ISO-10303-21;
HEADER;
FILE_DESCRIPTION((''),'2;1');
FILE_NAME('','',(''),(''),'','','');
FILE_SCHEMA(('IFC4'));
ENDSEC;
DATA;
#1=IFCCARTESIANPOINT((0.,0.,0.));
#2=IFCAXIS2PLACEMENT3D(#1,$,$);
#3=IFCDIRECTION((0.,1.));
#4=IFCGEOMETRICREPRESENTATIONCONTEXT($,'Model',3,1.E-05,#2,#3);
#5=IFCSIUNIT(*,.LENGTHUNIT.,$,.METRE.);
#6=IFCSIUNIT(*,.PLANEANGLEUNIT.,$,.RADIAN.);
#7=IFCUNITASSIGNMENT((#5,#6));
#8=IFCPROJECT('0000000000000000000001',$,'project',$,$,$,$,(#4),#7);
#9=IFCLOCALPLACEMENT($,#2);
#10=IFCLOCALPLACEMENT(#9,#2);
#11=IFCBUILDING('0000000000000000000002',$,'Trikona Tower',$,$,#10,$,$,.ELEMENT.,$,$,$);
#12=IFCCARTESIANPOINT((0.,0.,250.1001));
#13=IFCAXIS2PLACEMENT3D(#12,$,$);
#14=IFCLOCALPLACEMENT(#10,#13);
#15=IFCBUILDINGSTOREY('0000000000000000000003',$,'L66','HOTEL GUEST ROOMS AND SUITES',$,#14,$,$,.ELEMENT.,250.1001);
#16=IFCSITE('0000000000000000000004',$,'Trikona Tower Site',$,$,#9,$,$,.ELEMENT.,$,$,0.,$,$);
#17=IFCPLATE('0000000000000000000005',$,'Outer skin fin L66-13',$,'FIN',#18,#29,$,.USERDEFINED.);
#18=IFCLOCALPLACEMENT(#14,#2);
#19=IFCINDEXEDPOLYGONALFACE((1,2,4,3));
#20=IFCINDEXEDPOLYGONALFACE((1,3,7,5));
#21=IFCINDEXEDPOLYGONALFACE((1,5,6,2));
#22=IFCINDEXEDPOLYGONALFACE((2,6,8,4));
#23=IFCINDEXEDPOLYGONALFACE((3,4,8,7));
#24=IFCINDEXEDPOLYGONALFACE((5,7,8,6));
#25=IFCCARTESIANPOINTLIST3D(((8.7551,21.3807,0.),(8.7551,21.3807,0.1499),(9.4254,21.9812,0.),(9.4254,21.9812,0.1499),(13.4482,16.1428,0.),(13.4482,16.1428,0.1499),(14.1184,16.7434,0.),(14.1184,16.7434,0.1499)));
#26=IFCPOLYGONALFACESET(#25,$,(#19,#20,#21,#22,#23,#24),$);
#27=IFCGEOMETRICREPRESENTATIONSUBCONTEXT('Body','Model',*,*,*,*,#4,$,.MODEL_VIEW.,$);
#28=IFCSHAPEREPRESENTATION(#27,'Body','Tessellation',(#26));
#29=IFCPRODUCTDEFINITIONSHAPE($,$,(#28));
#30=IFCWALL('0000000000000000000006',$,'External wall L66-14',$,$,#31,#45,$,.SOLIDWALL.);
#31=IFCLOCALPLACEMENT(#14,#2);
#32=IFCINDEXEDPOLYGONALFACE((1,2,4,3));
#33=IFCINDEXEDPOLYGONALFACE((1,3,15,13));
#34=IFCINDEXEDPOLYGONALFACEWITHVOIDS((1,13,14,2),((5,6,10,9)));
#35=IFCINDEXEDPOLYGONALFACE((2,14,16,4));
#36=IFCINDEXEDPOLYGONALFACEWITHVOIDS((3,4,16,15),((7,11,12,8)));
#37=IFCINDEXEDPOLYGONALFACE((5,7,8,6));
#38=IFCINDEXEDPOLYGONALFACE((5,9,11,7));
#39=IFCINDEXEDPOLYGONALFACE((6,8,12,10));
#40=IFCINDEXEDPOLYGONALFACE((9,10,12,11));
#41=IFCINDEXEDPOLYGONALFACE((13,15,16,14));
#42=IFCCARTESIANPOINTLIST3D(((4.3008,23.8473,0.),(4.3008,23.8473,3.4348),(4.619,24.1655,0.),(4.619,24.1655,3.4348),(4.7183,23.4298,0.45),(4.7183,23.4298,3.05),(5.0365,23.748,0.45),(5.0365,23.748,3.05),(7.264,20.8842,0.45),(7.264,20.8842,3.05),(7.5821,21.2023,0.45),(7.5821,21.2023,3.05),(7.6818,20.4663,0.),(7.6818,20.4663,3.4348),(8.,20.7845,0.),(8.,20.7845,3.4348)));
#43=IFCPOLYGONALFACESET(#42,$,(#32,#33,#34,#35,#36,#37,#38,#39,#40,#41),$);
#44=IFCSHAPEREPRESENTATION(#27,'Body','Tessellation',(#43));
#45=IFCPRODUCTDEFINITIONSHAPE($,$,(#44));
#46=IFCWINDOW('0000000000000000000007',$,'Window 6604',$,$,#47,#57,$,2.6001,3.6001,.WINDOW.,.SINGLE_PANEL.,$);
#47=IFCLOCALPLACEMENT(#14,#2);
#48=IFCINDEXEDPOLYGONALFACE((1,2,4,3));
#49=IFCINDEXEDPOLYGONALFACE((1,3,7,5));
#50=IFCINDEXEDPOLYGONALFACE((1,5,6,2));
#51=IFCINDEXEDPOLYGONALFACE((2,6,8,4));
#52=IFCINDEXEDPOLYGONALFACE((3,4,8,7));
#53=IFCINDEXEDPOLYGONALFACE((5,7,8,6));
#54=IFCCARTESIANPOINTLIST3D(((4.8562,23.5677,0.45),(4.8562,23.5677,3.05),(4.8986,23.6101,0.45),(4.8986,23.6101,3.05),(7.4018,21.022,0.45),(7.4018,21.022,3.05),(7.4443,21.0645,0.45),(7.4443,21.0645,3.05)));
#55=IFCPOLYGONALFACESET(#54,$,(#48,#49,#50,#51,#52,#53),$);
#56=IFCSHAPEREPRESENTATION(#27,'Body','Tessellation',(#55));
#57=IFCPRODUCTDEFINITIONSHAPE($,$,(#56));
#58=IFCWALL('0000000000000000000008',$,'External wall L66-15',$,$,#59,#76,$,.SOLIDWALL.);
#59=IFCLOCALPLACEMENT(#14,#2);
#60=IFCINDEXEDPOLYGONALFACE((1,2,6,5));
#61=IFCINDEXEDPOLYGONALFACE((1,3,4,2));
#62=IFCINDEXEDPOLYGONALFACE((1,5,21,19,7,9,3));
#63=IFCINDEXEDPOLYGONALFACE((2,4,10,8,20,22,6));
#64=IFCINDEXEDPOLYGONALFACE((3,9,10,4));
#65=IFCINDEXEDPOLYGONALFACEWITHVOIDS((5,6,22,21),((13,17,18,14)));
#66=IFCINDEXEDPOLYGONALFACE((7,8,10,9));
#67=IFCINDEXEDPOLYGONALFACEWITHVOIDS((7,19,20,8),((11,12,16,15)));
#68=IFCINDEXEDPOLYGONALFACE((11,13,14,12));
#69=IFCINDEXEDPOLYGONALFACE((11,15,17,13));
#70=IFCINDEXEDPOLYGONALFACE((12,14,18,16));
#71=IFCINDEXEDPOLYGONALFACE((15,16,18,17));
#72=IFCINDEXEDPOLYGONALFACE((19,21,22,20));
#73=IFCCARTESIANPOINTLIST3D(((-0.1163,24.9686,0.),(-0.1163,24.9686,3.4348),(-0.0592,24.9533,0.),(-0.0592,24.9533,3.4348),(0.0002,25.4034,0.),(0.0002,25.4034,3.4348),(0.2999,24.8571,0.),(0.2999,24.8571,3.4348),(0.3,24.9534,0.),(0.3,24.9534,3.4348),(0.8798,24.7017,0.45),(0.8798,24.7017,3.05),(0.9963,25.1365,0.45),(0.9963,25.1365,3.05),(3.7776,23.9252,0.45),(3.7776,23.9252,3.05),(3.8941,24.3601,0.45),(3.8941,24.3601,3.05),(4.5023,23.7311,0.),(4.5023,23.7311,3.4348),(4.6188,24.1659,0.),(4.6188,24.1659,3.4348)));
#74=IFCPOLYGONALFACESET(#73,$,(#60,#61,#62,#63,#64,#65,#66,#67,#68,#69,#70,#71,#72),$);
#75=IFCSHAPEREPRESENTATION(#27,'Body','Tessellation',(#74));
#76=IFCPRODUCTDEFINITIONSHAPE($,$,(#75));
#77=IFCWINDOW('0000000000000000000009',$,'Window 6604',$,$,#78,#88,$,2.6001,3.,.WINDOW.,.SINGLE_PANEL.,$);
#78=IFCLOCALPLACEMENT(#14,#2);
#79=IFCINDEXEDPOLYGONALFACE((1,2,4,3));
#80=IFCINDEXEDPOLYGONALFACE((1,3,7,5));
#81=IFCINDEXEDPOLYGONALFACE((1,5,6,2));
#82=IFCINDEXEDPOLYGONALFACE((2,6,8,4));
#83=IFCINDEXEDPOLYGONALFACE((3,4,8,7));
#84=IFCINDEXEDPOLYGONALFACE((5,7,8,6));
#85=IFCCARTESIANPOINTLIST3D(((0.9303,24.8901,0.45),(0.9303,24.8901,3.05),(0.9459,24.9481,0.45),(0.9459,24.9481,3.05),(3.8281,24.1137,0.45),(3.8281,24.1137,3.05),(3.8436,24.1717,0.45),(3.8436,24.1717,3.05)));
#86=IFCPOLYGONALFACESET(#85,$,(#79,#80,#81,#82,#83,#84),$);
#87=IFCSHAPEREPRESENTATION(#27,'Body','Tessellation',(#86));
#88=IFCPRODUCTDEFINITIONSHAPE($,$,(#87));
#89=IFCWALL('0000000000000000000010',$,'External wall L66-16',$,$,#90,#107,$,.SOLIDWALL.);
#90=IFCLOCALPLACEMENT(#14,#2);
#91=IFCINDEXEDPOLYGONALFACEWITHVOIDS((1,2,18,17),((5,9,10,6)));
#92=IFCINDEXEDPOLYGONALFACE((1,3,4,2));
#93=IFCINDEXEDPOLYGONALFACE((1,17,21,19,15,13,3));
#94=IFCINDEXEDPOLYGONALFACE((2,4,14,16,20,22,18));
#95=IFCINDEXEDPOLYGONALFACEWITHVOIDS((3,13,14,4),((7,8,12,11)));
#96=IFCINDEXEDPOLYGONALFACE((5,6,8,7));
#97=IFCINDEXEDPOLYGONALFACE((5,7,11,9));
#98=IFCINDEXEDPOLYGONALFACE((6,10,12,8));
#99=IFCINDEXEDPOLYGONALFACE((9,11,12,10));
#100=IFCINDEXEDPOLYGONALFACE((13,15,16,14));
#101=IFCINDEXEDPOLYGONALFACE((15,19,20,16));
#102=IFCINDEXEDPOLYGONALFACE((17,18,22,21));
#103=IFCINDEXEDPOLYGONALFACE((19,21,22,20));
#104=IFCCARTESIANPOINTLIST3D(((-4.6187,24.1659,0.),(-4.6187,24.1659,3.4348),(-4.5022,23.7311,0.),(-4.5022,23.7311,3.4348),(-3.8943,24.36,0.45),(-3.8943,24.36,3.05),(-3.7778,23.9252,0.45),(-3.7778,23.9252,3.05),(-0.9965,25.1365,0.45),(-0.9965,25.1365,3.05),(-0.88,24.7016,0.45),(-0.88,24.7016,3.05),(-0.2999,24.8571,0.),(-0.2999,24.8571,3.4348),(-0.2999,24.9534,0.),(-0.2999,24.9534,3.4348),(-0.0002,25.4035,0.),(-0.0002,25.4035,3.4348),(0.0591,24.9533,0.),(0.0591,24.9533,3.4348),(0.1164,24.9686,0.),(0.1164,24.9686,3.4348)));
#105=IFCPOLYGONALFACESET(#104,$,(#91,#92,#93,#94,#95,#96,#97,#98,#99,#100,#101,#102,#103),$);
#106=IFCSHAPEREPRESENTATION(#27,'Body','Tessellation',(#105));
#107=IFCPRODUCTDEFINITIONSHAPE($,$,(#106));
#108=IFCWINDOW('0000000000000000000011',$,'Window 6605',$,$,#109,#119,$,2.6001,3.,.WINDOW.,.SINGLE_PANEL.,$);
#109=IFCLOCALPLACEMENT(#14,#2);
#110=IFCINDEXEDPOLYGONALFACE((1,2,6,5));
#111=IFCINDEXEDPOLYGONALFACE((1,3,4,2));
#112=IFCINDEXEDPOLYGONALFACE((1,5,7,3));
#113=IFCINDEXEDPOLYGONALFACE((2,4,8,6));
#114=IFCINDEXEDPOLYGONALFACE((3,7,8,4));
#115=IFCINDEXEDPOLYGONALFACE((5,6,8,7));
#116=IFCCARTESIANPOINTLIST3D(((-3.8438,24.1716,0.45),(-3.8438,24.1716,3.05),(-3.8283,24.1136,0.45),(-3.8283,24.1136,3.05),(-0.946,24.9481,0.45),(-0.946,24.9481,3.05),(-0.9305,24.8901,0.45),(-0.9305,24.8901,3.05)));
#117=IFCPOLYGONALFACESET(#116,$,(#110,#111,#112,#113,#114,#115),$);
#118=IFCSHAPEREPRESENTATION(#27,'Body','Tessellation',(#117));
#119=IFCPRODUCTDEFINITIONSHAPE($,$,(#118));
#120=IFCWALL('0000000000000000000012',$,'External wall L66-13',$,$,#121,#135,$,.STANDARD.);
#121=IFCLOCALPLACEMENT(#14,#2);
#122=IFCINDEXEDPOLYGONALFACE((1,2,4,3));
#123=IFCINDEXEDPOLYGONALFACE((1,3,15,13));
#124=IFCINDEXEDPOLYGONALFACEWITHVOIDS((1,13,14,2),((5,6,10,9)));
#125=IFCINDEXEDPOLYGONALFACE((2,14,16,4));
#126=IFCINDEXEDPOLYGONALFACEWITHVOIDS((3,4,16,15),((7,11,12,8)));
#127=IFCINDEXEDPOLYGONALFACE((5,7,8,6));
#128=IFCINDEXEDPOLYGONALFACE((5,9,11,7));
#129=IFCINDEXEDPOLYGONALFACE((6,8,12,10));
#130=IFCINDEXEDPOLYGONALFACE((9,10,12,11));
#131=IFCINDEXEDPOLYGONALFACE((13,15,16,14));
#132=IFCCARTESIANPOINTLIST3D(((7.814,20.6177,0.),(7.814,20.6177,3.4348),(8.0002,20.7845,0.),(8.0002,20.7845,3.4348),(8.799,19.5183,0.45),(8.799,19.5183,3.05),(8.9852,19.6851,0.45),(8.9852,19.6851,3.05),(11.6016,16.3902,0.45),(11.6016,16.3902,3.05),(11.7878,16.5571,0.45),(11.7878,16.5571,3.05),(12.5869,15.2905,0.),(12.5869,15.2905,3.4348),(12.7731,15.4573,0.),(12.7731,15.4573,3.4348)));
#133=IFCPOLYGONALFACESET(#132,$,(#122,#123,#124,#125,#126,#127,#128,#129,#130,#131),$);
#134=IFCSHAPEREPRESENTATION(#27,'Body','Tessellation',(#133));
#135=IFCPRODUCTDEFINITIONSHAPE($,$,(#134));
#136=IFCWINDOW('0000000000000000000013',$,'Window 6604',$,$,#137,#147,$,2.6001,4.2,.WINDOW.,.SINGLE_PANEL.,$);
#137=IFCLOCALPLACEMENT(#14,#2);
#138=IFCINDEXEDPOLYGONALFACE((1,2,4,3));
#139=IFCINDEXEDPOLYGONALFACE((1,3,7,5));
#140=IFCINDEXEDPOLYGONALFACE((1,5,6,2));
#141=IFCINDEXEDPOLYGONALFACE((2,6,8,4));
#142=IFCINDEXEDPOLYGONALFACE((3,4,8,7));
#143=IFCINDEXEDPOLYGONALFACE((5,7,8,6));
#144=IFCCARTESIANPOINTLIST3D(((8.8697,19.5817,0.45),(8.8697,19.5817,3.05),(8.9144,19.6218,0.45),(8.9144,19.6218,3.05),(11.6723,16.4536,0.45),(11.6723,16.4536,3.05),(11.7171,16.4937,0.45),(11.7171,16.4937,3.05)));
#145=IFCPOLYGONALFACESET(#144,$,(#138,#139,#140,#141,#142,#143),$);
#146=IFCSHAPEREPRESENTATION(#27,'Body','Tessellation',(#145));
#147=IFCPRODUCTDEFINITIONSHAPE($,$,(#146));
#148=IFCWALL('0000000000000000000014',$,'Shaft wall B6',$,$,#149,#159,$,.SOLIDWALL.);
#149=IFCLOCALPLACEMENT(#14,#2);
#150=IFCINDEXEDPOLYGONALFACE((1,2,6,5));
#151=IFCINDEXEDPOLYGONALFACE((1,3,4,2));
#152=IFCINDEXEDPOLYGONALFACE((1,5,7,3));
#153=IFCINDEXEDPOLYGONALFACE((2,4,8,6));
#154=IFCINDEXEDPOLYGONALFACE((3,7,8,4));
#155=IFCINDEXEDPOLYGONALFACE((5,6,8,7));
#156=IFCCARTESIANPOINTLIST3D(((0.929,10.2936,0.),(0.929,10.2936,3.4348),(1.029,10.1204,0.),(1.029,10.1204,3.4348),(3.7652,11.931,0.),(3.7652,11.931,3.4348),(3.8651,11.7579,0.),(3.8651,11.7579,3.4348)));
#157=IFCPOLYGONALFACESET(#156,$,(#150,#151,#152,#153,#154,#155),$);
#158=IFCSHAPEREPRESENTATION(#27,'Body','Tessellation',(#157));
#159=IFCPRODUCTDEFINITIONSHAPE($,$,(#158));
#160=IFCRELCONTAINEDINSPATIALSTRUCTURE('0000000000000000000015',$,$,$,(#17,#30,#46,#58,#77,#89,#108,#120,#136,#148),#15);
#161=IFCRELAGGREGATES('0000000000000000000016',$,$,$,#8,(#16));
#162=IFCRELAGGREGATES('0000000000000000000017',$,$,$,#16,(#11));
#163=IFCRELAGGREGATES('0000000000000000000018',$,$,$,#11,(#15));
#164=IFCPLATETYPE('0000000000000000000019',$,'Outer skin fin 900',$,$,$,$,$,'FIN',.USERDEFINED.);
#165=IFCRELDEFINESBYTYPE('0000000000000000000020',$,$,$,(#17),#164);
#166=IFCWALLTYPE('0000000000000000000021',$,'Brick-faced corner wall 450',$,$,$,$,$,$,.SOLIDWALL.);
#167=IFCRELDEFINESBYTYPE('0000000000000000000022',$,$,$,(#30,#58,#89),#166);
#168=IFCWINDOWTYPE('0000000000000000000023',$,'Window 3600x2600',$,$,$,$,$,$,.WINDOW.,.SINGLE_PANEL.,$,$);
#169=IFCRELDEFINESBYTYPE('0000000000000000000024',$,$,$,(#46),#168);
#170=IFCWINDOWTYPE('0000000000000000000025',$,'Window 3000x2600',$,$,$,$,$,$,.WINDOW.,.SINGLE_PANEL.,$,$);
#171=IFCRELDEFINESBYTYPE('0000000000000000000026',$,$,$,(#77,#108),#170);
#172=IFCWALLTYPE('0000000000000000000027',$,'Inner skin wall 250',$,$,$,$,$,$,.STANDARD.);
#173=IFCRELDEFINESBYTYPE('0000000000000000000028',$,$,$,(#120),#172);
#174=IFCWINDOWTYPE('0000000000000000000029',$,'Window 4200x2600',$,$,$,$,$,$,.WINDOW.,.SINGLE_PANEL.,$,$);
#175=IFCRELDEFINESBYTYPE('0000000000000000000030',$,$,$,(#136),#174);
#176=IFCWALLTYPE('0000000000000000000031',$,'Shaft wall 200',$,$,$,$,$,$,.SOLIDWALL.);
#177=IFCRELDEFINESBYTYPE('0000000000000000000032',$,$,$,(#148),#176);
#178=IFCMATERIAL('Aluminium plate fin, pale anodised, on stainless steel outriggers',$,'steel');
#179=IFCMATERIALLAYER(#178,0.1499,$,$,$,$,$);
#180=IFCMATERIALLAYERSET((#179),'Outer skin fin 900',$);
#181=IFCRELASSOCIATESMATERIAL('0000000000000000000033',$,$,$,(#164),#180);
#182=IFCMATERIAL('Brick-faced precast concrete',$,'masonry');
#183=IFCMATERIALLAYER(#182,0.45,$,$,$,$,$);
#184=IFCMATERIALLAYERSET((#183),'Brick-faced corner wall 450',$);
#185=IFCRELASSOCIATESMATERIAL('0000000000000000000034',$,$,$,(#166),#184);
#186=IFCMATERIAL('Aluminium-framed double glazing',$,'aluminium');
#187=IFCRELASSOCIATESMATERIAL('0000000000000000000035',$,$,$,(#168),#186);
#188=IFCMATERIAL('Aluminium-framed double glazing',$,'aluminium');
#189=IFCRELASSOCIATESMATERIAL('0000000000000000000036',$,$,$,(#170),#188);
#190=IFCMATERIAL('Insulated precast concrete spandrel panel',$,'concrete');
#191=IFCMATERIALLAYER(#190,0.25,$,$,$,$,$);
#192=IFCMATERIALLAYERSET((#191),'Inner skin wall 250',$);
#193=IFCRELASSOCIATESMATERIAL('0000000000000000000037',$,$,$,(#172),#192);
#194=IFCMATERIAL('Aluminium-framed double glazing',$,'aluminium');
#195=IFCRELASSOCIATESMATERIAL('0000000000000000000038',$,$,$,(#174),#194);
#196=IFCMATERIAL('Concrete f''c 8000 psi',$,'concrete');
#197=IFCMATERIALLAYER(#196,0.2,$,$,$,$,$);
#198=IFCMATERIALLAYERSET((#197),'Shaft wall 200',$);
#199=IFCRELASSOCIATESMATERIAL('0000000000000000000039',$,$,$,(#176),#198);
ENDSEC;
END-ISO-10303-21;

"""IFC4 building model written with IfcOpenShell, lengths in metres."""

from ifc_helpers import new_model, si_unit, direction, frame, frame_2d, origin, origin_2d, place, context, subcontext, project, spatial, polyline, rectangle, outline, extrude, material, layer, layer_set, type_object, element, fill, save


model = new_model("IFC4")

# Units and contexts
model_context = context("Model", 3, precision=1e-05, world=origin(), true_north=direction((0.0, 1.0)))
body_context = subcontext(model_context, "Body", "Model", "MODEL_VIEW")
ifc_project = project(units=[si_unit("LENGTHUNIT", "METRE"), si_unit("PLANEANGLEUNIT", "RADIAN")], contexts=[model_context])

# Site, building, storey
site_placement = place(None, origin())
site = spatial("IfcSite", under=ifc_project, at=site_placement, Name="Trikona Tower Site", CompositionType="ELEMENT", RefElevation=0.0)
building_placement = place(site_placement, origin())
building = spatial("IfcBuilding", under=site, at=building_placement, Name="Trikona Tower", CompositionType="ELEMENT")
storey_placement = place(building_placement, frame((0.0, 0.0, 250.1001)))
storey = spatial("IfcBuildingStorey", under=building, at=storey_placement, Name="L66", Description="HOTEL GUEST ROOMS AND SUITES", CompositionType="ELEMENT", Elevation=250.1001)

# Plate
ifc_material_1 = material(Name="Aluminium plate fin, pale anodised, on stainless steel outriggers", Category="steel")
ifc_layer_1 = layer(ifc_material_1, 0.1499)
ifc_layer_set_1 = layer_set([ifc_layer_1], Name="Outer skin fin 900")
plate_type_1 = type_object("IfcPlateType", Name="Outer skin fin 900", ElementType="FIN", PredefinedType="USERDEFINED", material=ifc_layer_set_1)
plate_1_placement = place(storey_placement, frame((11.4368, 19.062, 0.0), z_axis=(0.0, 0.0, 1.0), x_axis=(-0.667311, 0.744779, 0.0)))
element("IfcPlate", 1, at=plate_1_placement, inside=storey, type_object=plate_type_1, Name="Outer skin fin L66-13", ObjectType="FIN", PredefinedType="USERDEFINED", context=body_context, shape_type="SweptSolid", body=[
    extrude(rectangle(XDim=7.0327, YDim=0.8999, at=origin_2d()), origin(), (0.0, 0.0, 1.0), 0.1499),
])

# Walls, openings, windows
ifc_material_2 = material(Name="Brick-faced precast concrete", Category="masonry")
ifc_layer_2 = layer(ifc_material_2, 0.45)
ifc_layer_set_2 = layer_set([ifc_layer_2], Name="Brick-faced corner wall 450")
wall_type_1 = type_object("IfcWallType", Name="Brick-faced corner wall 450", PredefinedType="SOLIDWALL", material=ifc_layer_set_2)
wall_1_placement = place(storey_placement, frame((7.8408, 20.6255, 0.0), z_axis=(0.0, 0.0, 1.0), x_axis=(-0.707107, 0.707107, 0.0)))
wall_1 = element("IfcWall", 2, at=wall_1_placement, inside=storey, type_object=wall_type_1, Name="External wall L66-14", PredefinedType="SOLIDWALL", context=body_context, shape_type="SweptSolid", body=[
    extrude(rectangle(XDim=4.7815, YDim=0.45, at=frame_2d((2.3906, 0.0))), origin(), (0.0, 0.0, 1.0), 3.4348),
])
opening_1_placement = place(wall_1_placement, frame((0.5908, 0.0, 0.45)))
opening_1 = element("IfcOpeningElement", 3, at=opening_1_placement, cuts=wall_1, PredefinedType="OPENING", context=body_context, shape_type="SweptSolid", body=[
    extrude(rectangle(XDim=3.6001, YDim=2.6001, at=frame_2d((1.8, 1.3))), frame((0.0, 0.2349, 0.0), z_axis=(0.0, -1.0, 0.0), x_axis=(1.0, 0.0, 0.0)), (0.0, 0.0, 1.0), 0.47),
])
ifc_material_3 = material(Name="Aluminium-framed double glazing", Category="aluminium")
window_type_1 = type_object("IfcWindowType", Name="Window 3600x2600", PartitioningType="SINGLE_PANEL", PredefinedType="WINDOW", material=ifc_material_3)
window_1_placement = place(opening_1_placement, origin())
window_1 = element("IfcWindow", 4, at=window_1_placement, inside=storey, type_object=window_type_1, Name="Window 6604", OverallHeight=2.6001, OverallWidth=3.6001, PartitioningType="SINGLE_PANEL", PredefinedType="WINDOW", context=body_context, shape_type="SweptSolid", body=[
    extrude(rectangle(XDim=3.6001, YDim=2.6001, at=frame_2d((1.8, 1.3))), frame((0.0, 0.03, 0.0), z_axis=(0.0, -1.0, 0.0), x_axis=(1.0, 0.0, 0.0)), (0.0, 0.0, 1.0), 0.0601),
])
fill(opening_1, window_1)
wall_2_placement = place(storey_placement, frame((4.5605, 23.9485, 0.0), z_axis=(0.0, 0.0, 1.0), x_axis=(-0.965927, 0.258816, 0.0)))
wall_2 = element("IfcWall", 5, at=wall_2_placement, inside=storey, type_object=wall_type_1, Name="External wall L66-15", PredefinedType="SOLIDWALL", context=body_context, shape_type="SweptSolid", body=[
    extrude(outline(polyline([(4.7815, 0.2251), (4.7224, 0.2251), (4.3755, 0.1321), (4.3506, 0.2251), (0.0, 0.2251), (0.0, -0.2251), (4.7815, -0.2251), (4.7815, 0.2251)])), origin(), (0.0, 0.0, 1.0), 3.4348),
])
opening_2_placement = place(wall_2_placement, frame((0.7502, 0.0, 0.45)))
opening_2 = element("IfcOpeningElement", 6, at=opening_2_placement, cuts=wall_2, PredefinedType="OPENING", context=body_context, shape_type="SweptSolid", body=[
    extrude(rectangle(XDim=3.0, YDim=2.6001, at=frame_2d((1.5, 1.3))), frame((0.0, 0.2349, 0.0), z_axis=(0.0, -1.0, 0.0), x_axis=(1.0, 0.0, 0.0)), (0.0, 0.0, 1.0), 0.47),
])
ifc_material_4 = material(Name="Aluminium-framed double glazing", Category="aluminium")
window_type_2 = type_object("IfcWindowType", Name="Window 3000x2600", PartitioningType="SINGLE_PANEL", PredefinedType="WINDOW", material=ifc_material_4)
window_2_placement = place(opening_2_placement, origin())
window_2 = element("IfcWindow", 7, at=window_2_placement, inside=storey, type_object=window_type_2, Name="Window 6604", OverallHeight=2.6001, OverallWidth=3.0, PartitioningType="SINGLE_PANEL", PredefinedType="WINDOW", context=body_context, shape_type="SweptSolid", body=[
    extrude(rectangle(XDim=3.0, YDim=2.6001, at=frame_2d((1.5, 1.3))), frame((0.0, 0.03, 0.0), z_axis=(0.0, -1.0, 0.0), x_axis=(1.0, 0.0, 0.0)), (0.0, 0.0, 1.0), 0.0601),
])
fill(opening_2, window_2)
wall_3_placement = place(storey_placement, frame((0.0581, 25.186, 0.0), z_axis=(0.0, 0.0, 1.0), x_axis=(-0.965927, -0.258816, 0.0)))
wall_3 = element("IfcWall", 8, at=wall_3_placement, inside=storey, type_object=wall_type_1, Name="External wall L66-16", PredefinedType="SOLIDWALL", context=body_context, shape_type="SweptSolid", body=[
    extrude(outline(polyline([(4.7815, 0.2251), (0.4309, 0.2251), (0.406, 0.1321), (0.0593, 0.2251), (0.0, 0.2251), (0.0, -0.2251), (4.7815, -0.2251), (4.7815, 0.2251)])), origin(), (0.0, 0.0, 1.0), 3.4348),
])
opening_3_placement = place(wall_3_placement, frame((1.0315, 0.0, 0.45)))
opening_3 = element("IfcOpeningElement", 9, at=opening_3_placement, cuts=wall_3, PredefinedType="OPENING", context=body_context, shape_type="SweptSolid", body=[
    extrude(rectangle(XDim=3.0, YDim=2.6001, at=frame_2d((1.5, 1.3))), frame((0.0, 0.2349, 0.0), z_axis=(0.0, -1.0, 0.0), x_axis=(1.0, 0.0, 0.0)), (0.0, 0.0, 1.0), 0.47),
])
window_3_placement = place(opening_3_placement, origin())
window_3 = element("IfcWindow", 10, at=window_3_placement, inside=storey, type_object=window_type_2, Name="Window 6605", OverallHeight=2.6001, OverallWidth=3.0, PartitioningType="SINGLE_PANEL", PredefinedType="WINDOW", context=body_context, shape_type="SweptSolid", body=[
    extrude(rectangle(XDim=3.0, YDim=2.6001, at=frame_2d((1.5, 1.3))), frame((0.0, 0.03, 0.0), z_axis=(0.0, -1.0, 0.0), x_axis=(1.0, 0.0, 0.0)), (0.0, 0.0, 1.0), 0.0601),
])
fill(opening_3, window_3)
ifc_material_5 = material(Name="Insulated precast concrete spandrel panel", Category="concrete")
ifc_layer_3 = layer(ifc_material_5, 0.25)
ifc_layer_set_3 = layer_set([ifc_layer_3], Name="Inner skin wall 250")
wall_type_2 = type_object("IfcWallType", Name="Inner skin wall 250", PredefinedType="STANDARD", material=ifc_layer_set_3)
wall_4_placement = place(storey_placement, frame((12.6799, 15.374, 0.0), z_axis=(0.0, 0.0, 1.0), x_axis=(-0.667304, 0.744786, 0.0)))
wall_4 = element("IfcWall", 11, at=wall_4_placement, inside=storey, type_object=wall_type_2, Name="External wall L66-13", PredefinedType="STANDARD", context=body_context, shape_type="SweptSolid", body=[
    extrude(rectangle(XDim=7.1526, YDim=0.25, at=frame_2d((3.5762, 0.0))), origin(), (0.0, 0.0, 1.0), 3.4348),
])
opening_4_placement = place(wall_4_placement, frame((1.4763, 0.0, 0.45)))
opening_4 = element("IfcOpeningElement", 12, at=opening_4_placement, cuts=wall_4, PredefinedType="OPENING", context=body_context, shape_type="SweptSolid", body=[
    extrude(rectangle(XDim=4.2, YDim=2.6001, at=frame_2d((2.1001, 1.3))), frame((0.0, 0.135, 0.0), z_axis=(0.0, -1.0, 0.0), x_axis=(1.0, 0.0, 0.0)), (0.0, 0.0, 1.0), 0.27),
])
ifc_material_6 = material(Name="Aluminium-framed double glazing", Category="aluminium")
window_type_3 = type_object("IfcWindowType", Name="Window 4200x2600", PartitioningType="SINGLE_PANEL", PredefinedType="WINDOW", material=ifc_material_6)
window_4_placement = place(opening_4_placement, origin())
window_4 = element("IfcWindow", 13, at=window_4_placement, inside=storey, type_object=window_type_3, Name="Window 6604", OverallHeight=2.6001, OverallWidth=4.2, PartitioningType="SINGLE_PANEL", PredefinedType="WINDOW", context=body_context, shape_type="SweptSolid", body=[
    extrude(rectangle(XDim=4.2, YDim=2.6001, at=frame_2d((2.1001, 1.3))), frame((0.0, 0.03, 0.0), z_axis=(0.0, -1.0, 0.0), x_axis=(1.0, 0.0, 0.0)), (0.0, 0.0, 1.0), 0.0601),
])
fill(opening_4, window_4)

# Wall
ifc_material_7 = material(Name="Concrete f'c 8000 psi", Category="concrete")
ifc_layer_4 = layer(ifc_material_7, 0.2)
ifc_layer_set_4 = layer_set([ifc_layer_4], Name="Shaft wall 200")
wall_type_3 = type_object("IfcWallType", Name="Shaft wall 200", PredefinedType="SOLIDWALL", material=ifc_layer_set_4)
wall_5_placement = place(storey_placement, frame((0.979, 10.207, 0.0), z_axis=(0.0, 0.0, 1.0), x_axis=(0.866028, 0.499996, 0.0)))
element("IfcWall", 14, at=wall_5_placement, inside=storey, type_object=wall_type_3, Name="Shaft wall B6", PredefinedType="SOLIDWALL", context=body_context, shape_type="SweptSolid", body=[
    extrude(rectangle(XDim=3.2749, YDim=0.2, at=frame_2d((1.6375, 0.0))), origin(), (0.0, 0.0, 1.0), 3.4348),
])

save(model, "model.ifc")
